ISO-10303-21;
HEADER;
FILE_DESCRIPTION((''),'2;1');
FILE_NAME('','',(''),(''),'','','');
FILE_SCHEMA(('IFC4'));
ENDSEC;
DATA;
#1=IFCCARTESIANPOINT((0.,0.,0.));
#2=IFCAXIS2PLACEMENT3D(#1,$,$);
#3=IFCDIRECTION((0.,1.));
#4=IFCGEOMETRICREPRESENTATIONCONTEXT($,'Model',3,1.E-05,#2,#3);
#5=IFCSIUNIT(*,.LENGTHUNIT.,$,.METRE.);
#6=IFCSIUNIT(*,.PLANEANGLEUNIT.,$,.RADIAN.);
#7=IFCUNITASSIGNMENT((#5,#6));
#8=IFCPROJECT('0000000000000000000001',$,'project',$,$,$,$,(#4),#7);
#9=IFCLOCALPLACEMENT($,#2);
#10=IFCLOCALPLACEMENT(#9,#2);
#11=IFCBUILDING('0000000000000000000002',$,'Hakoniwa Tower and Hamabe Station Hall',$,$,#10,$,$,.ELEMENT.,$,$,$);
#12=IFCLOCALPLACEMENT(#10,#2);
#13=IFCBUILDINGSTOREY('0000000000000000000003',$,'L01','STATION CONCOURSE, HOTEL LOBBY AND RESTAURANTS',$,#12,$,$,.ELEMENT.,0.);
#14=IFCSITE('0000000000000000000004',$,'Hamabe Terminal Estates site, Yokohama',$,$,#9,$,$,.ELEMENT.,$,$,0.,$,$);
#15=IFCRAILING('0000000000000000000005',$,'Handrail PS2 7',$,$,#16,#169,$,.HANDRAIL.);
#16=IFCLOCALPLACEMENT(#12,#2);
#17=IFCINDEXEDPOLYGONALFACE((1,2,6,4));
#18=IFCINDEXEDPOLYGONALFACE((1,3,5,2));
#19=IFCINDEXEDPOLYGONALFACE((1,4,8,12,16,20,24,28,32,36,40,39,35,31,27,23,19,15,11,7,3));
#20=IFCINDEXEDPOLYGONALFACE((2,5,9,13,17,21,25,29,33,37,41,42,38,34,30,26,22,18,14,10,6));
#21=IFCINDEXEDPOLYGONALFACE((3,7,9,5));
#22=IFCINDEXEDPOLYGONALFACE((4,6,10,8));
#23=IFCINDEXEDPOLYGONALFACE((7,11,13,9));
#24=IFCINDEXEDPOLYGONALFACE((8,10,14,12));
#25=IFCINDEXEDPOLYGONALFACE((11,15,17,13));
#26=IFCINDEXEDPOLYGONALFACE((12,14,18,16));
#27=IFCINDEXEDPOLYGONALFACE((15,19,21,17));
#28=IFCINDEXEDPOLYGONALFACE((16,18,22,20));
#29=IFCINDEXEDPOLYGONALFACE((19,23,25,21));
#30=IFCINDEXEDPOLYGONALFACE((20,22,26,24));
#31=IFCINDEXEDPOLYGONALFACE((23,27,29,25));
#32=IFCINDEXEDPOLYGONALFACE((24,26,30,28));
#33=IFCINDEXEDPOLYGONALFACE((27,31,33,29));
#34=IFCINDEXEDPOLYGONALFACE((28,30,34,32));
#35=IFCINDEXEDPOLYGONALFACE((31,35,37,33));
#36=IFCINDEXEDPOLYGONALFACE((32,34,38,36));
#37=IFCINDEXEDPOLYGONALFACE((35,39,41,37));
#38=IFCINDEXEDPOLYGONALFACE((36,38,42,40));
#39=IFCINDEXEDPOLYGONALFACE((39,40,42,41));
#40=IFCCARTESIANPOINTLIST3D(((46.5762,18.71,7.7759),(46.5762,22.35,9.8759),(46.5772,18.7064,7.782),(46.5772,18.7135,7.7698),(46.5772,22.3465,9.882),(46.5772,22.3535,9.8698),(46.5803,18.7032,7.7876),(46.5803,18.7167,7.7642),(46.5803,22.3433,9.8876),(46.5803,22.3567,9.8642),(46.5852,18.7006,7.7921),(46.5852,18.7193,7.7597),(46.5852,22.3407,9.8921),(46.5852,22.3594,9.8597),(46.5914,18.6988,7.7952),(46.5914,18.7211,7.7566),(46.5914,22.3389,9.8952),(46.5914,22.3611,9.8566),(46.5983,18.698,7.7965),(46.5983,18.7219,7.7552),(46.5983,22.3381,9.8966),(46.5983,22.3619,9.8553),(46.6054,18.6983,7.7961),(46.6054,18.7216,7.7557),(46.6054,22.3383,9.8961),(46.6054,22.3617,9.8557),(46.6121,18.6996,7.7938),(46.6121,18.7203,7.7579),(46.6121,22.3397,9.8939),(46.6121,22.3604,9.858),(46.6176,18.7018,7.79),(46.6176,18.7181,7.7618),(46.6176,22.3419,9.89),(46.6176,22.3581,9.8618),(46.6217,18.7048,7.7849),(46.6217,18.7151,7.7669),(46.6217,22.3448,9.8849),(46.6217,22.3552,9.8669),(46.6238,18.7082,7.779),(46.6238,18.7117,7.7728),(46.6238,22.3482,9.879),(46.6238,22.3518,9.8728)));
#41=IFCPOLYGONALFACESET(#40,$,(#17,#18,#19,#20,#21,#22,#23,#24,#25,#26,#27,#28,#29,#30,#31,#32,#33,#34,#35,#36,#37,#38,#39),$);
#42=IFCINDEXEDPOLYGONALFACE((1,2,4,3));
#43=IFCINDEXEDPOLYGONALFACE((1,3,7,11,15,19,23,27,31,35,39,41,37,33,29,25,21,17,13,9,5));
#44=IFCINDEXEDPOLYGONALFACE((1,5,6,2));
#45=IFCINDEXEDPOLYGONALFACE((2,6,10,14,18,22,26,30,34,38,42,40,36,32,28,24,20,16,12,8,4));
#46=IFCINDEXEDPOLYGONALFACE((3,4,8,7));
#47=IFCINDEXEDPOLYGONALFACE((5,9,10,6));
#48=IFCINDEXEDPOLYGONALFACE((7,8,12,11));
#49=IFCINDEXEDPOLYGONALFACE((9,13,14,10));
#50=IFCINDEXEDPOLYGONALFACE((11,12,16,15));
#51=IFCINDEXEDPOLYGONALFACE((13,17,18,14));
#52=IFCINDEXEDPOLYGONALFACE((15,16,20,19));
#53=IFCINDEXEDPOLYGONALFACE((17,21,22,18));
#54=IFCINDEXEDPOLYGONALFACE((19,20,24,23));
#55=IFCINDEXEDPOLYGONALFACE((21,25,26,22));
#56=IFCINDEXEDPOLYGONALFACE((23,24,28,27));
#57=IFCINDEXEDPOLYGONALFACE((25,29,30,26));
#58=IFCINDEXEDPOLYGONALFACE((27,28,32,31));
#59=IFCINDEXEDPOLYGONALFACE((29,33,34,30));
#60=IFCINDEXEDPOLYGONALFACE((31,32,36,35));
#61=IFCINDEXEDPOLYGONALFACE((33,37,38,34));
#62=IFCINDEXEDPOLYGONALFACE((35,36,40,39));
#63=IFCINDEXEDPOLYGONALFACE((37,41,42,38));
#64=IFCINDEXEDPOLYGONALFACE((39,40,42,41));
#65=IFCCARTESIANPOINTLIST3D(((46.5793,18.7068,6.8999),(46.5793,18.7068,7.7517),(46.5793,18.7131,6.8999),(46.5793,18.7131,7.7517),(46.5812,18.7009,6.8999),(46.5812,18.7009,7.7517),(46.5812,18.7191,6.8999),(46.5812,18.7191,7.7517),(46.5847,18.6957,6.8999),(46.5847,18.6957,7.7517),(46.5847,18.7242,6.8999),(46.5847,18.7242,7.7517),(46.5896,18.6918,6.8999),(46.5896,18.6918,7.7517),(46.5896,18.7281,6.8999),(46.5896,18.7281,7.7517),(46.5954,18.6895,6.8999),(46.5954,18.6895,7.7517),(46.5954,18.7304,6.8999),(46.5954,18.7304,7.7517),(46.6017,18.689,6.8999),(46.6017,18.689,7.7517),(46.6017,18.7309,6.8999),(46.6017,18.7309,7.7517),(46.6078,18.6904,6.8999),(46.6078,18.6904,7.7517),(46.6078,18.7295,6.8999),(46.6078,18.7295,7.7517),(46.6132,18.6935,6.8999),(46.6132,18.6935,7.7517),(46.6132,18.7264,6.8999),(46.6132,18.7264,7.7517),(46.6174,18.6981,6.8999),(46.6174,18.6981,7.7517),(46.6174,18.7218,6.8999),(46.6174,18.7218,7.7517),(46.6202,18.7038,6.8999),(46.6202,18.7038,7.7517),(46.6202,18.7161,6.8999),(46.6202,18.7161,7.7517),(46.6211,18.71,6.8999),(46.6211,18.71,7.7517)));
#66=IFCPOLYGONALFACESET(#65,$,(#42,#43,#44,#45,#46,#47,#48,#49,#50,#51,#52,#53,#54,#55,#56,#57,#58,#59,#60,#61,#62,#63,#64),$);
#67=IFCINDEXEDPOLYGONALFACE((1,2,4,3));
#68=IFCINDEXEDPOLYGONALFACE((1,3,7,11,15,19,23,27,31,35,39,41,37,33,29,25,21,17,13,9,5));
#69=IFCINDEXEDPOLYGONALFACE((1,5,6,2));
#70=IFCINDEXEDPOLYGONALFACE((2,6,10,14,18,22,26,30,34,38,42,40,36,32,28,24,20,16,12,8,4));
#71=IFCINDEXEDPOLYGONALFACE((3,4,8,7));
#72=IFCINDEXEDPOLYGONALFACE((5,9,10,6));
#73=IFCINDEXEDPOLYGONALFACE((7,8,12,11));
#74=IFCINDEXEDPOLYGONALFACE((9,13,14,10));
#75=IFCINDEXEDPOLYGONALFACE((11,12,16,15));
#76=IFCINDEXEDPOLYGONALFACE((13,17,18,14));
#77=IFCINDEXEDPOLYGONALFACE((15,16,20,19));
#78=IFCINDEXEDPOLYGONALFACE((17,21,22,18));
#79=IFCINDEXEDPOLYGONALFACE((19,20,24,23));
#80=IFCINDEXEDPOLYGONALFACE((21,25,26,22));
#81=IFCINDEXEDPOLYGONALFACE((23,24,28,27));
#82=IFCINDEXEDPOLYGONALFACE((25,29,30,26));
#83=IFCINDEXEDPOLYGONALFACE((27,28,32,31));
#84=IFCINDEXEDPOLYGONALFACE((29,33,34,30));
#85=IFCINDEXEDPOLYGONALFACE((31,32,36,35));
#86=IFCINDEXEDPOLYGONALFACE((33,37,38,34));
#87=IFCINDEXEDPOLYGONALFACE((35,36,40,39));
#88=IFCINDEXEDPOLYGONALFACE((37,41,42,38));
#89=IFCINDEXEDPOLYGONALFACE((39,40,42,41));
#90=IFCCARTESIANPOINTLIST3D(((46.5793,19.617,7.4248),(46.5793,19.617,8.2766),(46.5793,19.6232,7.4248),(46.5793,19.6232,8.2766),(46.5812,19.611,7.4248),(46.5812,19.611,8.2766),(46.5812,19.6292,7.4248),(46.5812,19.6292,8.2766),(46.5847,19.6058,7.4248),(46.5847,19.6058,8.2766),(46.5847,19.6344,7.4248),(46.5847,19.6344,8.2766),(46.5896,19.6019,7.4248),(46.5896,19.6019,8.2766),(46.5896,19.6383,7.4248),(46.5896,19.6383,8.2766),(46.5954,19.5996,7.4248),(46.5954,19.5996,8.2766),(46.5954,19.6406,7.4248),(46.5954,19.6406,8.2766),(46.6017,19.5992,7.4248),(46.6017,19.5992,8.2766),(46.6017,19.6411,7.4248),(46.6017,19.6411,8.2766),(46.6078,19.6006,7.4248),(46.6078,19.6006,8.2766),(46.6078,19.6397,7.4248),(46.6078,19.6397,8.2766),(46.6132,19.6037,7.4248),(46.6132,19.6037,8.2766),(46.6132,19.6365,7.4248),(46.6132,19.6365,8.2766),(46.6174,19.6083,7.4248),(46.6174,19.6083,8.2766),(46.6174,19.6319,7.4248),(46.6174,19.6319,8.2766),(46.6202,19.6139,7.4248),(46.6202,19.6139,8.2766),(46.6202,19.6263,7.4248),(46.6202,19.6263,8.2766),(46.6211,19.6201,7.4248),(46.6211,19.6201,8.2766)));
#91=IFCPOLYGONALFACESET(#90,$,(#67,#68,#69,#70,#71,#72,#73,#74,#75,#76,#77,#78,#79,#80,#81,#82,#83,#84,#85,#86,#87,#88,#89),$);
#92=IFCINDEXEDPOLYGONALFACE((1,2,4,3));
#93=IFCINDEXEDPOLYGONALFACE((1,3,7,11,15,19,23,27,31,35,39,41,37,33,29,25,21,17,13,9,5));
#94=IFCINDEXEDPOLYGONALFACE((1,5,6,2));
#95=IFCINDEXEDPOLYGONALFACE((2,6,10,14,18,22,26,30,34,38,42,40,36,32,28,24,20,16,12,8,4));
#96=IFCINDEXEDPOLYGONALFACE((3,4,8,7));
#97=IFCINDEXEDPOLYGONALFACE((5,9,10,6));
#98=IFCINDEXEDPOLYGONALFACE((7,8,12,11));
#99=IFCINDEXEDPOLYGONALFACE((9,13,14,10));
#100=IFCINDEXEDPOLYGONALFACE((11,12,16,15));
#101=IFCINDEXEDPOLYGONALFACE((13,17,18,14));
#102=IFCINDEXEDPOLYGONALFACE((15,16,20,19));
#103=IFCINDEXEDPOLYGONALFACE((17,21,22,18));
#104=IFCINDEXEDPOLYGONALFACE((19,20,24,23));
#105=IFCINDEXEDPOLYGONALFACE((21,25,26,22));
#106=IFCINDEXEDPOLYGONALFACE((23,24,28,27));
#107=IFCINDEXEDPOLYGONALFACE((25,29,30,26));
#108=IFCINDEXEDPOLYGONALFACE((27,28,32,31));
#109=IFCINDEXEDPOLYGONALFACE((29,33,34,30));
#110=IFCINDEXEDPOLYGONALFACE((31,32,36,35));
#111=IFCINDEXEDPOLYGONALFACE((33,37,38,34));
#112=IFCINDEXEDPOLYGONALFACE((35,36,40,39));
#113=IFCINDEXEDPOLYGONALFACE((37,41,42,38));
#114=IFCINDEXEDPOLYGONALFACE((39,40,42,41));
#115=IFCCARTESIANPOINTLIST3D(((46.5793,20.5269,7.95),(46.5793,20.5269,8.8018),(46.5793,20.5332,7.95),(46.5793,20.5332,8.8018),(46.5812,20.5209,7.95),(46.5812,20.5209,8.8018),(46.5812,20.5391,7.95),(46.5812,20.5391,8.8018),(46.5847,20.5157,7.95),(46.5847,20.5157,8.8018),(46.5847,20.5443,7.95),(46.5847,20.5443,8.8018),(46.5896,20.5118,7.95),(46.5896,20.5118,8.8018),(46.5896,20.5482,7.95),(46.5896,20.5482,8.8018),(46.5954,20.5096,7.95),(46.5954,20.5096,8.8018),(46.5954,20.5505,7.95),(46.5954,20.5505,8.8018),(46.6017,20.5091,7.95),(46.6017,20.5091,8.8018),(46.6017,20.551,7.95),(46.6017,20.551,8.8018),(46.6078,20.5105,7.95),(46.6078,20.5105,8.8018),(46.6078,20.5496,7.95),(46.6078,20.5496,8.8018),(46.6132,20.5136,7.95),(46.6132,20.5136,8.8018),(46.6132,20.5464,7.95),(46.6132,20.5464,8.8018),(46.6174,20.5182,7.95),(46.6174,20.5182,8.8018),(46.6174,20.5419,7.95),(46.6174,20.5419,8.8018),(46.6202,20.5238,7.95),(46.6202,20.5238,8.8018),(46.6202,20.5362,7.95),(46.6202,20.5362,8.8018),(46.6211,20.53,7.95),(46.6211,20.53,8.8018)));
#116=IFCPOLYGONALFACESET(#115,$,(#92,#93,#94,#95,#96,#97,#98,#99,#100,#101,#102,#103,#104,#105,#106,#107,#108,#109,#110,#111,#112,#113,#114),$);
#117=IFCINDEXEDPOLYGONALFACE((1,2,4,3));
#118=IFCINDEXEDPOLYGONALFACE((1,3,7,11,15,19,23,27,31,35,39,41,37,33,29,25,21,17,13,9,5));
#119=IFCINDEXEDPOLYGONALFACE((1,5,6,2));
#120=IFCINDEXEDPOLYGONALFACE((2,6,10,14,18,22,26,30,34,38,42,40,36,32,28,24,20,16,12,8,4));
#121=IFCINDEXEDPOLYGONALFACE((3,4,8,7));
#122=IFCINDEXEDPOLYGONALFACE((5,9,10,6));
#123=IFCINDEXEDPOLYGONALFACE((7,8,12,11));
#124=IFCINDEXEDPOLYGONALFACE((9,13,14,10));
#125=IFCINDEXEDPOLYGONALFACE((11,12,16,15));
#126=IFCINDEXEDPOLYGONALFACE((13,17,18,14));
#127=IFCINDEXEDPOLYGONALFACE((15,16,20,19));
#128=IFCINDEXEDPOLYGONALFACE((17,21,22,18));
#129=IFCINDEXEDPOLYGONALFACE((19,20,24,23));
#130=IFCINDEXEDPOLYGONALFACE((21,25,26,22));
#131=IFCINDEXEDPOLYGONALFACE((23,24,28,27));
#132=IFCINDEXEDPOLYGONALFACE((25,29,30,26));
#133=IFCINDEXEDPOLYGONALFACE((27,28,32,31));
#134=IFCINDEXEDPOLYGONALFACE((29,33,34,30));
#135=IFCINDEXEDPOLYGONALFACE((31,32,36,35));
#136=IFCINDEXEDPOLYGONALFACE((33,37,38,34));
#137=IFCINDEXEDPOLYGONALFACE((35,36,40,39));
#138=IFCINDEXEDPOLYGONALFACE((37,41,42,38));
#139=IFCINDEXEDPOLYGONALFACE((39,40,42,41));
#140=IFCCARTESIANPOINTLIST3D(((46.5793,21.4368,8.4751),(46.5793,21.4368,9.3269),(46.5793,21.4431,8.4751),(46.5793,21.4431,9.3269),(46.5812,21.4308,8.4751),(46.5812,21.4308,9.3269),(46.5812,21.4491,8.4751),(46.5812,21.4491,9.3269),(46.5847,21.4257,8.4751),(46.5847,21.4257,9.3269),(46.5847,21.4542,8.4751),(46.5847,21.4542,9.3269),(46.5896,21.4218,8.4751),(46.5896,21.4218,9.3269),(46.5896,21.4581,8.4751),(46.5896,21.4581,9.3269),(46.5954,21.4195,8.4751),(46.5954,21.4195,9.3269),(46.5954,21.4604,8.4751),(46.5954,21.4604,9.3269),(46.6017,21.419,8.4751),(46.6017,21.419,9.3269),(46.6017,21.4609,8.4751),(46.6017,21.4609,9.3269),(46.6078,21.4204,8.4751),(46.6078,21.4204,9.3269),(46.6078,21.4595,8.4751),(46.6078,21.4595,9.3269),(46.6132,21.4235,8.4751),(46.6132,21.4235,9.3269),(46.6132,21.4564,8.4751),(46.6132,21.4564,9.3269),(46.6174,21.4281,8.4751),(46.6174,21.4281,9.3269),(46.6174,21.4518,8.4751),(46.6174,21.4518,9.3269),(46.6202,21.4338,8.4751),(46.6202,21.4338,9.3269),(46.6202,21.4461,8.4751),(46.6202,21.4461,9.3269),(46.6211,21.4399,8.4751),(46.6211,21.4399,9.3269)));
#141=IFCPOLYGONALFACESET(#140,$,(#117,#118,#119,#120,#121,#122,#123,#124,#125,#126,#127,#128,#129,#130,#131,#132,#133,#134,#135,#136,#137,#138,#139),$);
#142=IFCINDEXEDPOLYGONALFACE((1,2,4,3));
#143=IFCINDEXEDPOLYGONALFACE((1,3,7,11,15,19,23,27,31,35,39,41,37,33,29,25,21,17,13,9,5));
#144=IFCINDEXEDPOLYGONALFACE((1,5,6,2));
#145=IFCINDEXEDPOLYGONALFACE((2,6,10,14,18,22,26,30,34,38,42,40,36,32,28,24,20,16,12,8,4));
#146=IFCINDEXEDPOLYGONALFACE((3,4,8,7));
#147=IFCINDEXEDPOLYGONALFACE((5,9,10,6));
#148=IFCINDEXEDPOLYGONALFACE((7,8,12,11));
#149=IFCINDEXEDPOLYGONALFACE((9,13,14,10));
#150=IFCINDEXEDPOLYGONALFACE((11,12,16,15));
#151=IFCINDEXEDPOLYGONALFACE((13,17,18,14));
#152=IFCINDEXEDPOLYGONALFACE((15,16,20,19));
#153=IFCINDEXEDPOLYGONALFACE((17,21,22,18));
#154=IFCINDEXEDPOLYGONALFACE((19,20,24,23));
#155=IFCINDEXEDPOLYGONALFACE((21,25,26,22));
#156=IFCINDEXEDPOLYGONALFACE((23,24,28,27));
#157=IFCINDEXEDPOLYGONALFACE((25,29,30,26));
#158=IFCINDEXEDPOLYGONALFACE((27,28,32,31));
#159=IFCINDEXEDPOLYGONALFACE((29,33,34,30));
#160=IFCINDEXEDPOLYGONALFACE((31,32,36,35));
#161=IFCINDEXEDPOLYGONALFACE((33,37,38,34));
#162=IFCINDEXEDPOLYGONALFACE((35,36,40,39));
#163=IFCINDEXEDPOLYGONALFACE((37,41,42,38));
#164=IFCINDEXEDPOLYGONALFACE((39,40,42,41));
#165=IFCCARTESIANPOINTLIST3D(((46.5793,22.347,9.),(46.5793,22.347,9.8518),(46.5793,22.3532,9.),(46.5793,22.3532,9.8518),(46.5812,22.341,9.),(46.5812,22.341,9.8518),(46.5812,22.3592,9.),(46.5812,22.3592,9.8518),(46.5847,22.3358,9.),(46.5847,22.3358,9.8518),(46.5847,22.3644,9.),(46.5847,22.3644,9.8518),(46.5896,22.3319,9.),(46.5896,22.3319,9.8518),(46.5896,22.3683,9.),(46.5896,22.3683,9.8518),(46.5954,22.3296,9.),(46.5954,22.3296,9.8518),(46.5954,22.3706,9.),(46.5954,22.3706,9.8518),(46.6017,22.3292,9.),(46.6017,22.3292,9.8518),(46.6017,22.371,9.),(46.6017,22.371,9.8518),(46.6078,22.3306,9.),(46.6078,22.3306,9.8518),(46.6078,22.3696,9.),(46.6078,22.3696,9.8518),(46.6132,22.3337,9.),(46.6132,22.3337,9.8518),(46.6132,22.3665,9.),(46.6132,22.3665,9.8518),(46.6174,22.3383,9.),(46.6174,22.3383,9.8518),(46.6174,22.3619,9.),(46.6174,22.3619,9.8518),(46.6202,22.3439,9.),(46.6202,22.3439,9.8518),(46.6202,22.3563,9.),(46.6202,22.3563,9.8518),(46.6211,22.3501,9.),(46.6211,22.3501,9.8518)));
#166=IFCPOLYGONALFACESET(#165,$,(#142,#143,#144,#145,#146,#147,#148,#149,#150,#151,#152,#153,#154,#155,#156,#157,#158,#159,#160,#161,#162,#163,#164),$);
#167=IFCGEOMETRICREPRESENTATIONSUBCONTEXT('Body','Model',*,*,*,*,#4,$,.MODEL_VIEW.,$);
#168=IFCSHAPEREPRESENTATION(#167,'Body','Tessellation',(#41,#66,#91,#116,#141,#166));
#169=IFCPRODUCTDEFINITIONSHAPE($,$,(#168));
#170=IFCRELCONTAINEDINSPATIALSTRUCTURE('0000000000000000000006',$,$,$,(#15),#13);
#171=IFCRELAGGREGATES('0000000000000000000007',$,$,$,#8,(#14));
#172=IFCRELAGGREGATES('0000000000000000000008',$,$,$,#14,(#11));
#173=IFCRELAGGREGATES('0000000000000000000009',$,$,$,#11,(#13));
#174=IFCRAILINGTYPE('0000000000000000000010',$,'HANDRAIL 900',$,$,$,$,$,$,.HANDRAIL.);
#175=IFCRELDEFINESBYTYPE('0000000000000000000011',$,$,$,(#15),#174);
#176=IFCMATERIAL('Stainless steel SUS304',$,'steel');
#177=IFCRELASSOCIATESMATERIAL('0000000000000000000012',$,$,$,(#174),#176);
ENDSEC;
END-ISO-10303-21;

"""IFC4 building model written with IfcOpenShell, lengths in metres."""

from ifc_helpers import new_model, si_unit, direction, frame, origin, origin_2d, place, context, subcontext, project, spatial, circle, extrude, material, type_object, element, save


model = new_model("IFC4")

# Units and contexts
model_context = context("Model", 3, precision=1e-05, world=origin(), true_north=direction((0.0, 1.0)))
body_context = subcontext(model_context, "Body", "Model", "MODEL_VIEW")
ifc_project = project(units=[si_unit("LENGTHUNIT", "METRE"), si_unit("PLANEANGLEUNIT", "RADIAN")], contexts=[model_context])

# Site, building, storey
site_placement = place(None, origin())
site = spatial("IfcSite", under=ifc_project, at=site_placement, Name="Hamabe Terminal Estates site, Yokohama", CompositionType="ELEMENT", RefElevation=0.0)
building_placement = place(site_placement, origin())
building = spatial("IfcBuilding", under=site, at=building_placement, Name="Hakoniwa Tower and Hamabe Station Hall", CompositionType="ELEMENT")
storey_placement = place(building_placement, origin())
storey = spatial("IfcBuildingStorey", under=building, at=storey_placement, Name="L01", Description="STATION CONCOURSE, HOTEL LOBBY AND RESTAURANTS", CompositionType="ELEMENT", Elevation=0.0)

# Railing
ifc_material_1 = material(Name="Stainless steel SUS304", Category="steel")
railing_type_1 = type_object("IfcRailingType", Name="HANDRAIL 900", PredefinedType="HANDRAIL", material=ifc_material_1)
for number, where, name in (
    (1, (46.6001, 18.71, 6.8999), "Handrail PS2 7"),
):
    element("IfcRailing", number, at=place(storey_placement, frame(where)), inside=storey, type_object=railing_type_1, Name=name, PredefinedType="HANDRAIL", context=body_context, shape_type="SweptSolid", body=[
        extrude(circle(Radius=0.0239, at=origin_2d()), frame((0.0, 0.0, 0.876), z_axis=(0.0, 0.866184, 0.499726), x_axis=(-1.0, 0.0, 0.0)), (0.0, 0.0, 1.0), 4.2024),
        extrude(circle(Radius=0.021, at=origin_2d()), origin(), (0.0, 0.0, 1.0), 0.8518),
        extrude(circle(Radius=0.021, at=origin_2d()), frame((0.0, 0.9102, 0.5249)), (0.0, 0.0, 1.0), 0.8518),
        extrude(circle(Radius=0.021, at=origin_2d()), frame((0.0, 1.8201, 1.05)), (0.0, 0.0, 1.0), 0.8518),
        extrude(circle(Radius=0.021, at=origin_2d()), frame((0.0, 2.73, 1.5752)), (0.0, 0.0, 1.0), 0.8518),
        extrude(circle(Radius=0.021, at=origin_2d()), frame((0.0, 3.6401, 2.1001)), (0.0, 0.0, 1.0), 0.8518),
    ])

save(model, "model.ifc")
